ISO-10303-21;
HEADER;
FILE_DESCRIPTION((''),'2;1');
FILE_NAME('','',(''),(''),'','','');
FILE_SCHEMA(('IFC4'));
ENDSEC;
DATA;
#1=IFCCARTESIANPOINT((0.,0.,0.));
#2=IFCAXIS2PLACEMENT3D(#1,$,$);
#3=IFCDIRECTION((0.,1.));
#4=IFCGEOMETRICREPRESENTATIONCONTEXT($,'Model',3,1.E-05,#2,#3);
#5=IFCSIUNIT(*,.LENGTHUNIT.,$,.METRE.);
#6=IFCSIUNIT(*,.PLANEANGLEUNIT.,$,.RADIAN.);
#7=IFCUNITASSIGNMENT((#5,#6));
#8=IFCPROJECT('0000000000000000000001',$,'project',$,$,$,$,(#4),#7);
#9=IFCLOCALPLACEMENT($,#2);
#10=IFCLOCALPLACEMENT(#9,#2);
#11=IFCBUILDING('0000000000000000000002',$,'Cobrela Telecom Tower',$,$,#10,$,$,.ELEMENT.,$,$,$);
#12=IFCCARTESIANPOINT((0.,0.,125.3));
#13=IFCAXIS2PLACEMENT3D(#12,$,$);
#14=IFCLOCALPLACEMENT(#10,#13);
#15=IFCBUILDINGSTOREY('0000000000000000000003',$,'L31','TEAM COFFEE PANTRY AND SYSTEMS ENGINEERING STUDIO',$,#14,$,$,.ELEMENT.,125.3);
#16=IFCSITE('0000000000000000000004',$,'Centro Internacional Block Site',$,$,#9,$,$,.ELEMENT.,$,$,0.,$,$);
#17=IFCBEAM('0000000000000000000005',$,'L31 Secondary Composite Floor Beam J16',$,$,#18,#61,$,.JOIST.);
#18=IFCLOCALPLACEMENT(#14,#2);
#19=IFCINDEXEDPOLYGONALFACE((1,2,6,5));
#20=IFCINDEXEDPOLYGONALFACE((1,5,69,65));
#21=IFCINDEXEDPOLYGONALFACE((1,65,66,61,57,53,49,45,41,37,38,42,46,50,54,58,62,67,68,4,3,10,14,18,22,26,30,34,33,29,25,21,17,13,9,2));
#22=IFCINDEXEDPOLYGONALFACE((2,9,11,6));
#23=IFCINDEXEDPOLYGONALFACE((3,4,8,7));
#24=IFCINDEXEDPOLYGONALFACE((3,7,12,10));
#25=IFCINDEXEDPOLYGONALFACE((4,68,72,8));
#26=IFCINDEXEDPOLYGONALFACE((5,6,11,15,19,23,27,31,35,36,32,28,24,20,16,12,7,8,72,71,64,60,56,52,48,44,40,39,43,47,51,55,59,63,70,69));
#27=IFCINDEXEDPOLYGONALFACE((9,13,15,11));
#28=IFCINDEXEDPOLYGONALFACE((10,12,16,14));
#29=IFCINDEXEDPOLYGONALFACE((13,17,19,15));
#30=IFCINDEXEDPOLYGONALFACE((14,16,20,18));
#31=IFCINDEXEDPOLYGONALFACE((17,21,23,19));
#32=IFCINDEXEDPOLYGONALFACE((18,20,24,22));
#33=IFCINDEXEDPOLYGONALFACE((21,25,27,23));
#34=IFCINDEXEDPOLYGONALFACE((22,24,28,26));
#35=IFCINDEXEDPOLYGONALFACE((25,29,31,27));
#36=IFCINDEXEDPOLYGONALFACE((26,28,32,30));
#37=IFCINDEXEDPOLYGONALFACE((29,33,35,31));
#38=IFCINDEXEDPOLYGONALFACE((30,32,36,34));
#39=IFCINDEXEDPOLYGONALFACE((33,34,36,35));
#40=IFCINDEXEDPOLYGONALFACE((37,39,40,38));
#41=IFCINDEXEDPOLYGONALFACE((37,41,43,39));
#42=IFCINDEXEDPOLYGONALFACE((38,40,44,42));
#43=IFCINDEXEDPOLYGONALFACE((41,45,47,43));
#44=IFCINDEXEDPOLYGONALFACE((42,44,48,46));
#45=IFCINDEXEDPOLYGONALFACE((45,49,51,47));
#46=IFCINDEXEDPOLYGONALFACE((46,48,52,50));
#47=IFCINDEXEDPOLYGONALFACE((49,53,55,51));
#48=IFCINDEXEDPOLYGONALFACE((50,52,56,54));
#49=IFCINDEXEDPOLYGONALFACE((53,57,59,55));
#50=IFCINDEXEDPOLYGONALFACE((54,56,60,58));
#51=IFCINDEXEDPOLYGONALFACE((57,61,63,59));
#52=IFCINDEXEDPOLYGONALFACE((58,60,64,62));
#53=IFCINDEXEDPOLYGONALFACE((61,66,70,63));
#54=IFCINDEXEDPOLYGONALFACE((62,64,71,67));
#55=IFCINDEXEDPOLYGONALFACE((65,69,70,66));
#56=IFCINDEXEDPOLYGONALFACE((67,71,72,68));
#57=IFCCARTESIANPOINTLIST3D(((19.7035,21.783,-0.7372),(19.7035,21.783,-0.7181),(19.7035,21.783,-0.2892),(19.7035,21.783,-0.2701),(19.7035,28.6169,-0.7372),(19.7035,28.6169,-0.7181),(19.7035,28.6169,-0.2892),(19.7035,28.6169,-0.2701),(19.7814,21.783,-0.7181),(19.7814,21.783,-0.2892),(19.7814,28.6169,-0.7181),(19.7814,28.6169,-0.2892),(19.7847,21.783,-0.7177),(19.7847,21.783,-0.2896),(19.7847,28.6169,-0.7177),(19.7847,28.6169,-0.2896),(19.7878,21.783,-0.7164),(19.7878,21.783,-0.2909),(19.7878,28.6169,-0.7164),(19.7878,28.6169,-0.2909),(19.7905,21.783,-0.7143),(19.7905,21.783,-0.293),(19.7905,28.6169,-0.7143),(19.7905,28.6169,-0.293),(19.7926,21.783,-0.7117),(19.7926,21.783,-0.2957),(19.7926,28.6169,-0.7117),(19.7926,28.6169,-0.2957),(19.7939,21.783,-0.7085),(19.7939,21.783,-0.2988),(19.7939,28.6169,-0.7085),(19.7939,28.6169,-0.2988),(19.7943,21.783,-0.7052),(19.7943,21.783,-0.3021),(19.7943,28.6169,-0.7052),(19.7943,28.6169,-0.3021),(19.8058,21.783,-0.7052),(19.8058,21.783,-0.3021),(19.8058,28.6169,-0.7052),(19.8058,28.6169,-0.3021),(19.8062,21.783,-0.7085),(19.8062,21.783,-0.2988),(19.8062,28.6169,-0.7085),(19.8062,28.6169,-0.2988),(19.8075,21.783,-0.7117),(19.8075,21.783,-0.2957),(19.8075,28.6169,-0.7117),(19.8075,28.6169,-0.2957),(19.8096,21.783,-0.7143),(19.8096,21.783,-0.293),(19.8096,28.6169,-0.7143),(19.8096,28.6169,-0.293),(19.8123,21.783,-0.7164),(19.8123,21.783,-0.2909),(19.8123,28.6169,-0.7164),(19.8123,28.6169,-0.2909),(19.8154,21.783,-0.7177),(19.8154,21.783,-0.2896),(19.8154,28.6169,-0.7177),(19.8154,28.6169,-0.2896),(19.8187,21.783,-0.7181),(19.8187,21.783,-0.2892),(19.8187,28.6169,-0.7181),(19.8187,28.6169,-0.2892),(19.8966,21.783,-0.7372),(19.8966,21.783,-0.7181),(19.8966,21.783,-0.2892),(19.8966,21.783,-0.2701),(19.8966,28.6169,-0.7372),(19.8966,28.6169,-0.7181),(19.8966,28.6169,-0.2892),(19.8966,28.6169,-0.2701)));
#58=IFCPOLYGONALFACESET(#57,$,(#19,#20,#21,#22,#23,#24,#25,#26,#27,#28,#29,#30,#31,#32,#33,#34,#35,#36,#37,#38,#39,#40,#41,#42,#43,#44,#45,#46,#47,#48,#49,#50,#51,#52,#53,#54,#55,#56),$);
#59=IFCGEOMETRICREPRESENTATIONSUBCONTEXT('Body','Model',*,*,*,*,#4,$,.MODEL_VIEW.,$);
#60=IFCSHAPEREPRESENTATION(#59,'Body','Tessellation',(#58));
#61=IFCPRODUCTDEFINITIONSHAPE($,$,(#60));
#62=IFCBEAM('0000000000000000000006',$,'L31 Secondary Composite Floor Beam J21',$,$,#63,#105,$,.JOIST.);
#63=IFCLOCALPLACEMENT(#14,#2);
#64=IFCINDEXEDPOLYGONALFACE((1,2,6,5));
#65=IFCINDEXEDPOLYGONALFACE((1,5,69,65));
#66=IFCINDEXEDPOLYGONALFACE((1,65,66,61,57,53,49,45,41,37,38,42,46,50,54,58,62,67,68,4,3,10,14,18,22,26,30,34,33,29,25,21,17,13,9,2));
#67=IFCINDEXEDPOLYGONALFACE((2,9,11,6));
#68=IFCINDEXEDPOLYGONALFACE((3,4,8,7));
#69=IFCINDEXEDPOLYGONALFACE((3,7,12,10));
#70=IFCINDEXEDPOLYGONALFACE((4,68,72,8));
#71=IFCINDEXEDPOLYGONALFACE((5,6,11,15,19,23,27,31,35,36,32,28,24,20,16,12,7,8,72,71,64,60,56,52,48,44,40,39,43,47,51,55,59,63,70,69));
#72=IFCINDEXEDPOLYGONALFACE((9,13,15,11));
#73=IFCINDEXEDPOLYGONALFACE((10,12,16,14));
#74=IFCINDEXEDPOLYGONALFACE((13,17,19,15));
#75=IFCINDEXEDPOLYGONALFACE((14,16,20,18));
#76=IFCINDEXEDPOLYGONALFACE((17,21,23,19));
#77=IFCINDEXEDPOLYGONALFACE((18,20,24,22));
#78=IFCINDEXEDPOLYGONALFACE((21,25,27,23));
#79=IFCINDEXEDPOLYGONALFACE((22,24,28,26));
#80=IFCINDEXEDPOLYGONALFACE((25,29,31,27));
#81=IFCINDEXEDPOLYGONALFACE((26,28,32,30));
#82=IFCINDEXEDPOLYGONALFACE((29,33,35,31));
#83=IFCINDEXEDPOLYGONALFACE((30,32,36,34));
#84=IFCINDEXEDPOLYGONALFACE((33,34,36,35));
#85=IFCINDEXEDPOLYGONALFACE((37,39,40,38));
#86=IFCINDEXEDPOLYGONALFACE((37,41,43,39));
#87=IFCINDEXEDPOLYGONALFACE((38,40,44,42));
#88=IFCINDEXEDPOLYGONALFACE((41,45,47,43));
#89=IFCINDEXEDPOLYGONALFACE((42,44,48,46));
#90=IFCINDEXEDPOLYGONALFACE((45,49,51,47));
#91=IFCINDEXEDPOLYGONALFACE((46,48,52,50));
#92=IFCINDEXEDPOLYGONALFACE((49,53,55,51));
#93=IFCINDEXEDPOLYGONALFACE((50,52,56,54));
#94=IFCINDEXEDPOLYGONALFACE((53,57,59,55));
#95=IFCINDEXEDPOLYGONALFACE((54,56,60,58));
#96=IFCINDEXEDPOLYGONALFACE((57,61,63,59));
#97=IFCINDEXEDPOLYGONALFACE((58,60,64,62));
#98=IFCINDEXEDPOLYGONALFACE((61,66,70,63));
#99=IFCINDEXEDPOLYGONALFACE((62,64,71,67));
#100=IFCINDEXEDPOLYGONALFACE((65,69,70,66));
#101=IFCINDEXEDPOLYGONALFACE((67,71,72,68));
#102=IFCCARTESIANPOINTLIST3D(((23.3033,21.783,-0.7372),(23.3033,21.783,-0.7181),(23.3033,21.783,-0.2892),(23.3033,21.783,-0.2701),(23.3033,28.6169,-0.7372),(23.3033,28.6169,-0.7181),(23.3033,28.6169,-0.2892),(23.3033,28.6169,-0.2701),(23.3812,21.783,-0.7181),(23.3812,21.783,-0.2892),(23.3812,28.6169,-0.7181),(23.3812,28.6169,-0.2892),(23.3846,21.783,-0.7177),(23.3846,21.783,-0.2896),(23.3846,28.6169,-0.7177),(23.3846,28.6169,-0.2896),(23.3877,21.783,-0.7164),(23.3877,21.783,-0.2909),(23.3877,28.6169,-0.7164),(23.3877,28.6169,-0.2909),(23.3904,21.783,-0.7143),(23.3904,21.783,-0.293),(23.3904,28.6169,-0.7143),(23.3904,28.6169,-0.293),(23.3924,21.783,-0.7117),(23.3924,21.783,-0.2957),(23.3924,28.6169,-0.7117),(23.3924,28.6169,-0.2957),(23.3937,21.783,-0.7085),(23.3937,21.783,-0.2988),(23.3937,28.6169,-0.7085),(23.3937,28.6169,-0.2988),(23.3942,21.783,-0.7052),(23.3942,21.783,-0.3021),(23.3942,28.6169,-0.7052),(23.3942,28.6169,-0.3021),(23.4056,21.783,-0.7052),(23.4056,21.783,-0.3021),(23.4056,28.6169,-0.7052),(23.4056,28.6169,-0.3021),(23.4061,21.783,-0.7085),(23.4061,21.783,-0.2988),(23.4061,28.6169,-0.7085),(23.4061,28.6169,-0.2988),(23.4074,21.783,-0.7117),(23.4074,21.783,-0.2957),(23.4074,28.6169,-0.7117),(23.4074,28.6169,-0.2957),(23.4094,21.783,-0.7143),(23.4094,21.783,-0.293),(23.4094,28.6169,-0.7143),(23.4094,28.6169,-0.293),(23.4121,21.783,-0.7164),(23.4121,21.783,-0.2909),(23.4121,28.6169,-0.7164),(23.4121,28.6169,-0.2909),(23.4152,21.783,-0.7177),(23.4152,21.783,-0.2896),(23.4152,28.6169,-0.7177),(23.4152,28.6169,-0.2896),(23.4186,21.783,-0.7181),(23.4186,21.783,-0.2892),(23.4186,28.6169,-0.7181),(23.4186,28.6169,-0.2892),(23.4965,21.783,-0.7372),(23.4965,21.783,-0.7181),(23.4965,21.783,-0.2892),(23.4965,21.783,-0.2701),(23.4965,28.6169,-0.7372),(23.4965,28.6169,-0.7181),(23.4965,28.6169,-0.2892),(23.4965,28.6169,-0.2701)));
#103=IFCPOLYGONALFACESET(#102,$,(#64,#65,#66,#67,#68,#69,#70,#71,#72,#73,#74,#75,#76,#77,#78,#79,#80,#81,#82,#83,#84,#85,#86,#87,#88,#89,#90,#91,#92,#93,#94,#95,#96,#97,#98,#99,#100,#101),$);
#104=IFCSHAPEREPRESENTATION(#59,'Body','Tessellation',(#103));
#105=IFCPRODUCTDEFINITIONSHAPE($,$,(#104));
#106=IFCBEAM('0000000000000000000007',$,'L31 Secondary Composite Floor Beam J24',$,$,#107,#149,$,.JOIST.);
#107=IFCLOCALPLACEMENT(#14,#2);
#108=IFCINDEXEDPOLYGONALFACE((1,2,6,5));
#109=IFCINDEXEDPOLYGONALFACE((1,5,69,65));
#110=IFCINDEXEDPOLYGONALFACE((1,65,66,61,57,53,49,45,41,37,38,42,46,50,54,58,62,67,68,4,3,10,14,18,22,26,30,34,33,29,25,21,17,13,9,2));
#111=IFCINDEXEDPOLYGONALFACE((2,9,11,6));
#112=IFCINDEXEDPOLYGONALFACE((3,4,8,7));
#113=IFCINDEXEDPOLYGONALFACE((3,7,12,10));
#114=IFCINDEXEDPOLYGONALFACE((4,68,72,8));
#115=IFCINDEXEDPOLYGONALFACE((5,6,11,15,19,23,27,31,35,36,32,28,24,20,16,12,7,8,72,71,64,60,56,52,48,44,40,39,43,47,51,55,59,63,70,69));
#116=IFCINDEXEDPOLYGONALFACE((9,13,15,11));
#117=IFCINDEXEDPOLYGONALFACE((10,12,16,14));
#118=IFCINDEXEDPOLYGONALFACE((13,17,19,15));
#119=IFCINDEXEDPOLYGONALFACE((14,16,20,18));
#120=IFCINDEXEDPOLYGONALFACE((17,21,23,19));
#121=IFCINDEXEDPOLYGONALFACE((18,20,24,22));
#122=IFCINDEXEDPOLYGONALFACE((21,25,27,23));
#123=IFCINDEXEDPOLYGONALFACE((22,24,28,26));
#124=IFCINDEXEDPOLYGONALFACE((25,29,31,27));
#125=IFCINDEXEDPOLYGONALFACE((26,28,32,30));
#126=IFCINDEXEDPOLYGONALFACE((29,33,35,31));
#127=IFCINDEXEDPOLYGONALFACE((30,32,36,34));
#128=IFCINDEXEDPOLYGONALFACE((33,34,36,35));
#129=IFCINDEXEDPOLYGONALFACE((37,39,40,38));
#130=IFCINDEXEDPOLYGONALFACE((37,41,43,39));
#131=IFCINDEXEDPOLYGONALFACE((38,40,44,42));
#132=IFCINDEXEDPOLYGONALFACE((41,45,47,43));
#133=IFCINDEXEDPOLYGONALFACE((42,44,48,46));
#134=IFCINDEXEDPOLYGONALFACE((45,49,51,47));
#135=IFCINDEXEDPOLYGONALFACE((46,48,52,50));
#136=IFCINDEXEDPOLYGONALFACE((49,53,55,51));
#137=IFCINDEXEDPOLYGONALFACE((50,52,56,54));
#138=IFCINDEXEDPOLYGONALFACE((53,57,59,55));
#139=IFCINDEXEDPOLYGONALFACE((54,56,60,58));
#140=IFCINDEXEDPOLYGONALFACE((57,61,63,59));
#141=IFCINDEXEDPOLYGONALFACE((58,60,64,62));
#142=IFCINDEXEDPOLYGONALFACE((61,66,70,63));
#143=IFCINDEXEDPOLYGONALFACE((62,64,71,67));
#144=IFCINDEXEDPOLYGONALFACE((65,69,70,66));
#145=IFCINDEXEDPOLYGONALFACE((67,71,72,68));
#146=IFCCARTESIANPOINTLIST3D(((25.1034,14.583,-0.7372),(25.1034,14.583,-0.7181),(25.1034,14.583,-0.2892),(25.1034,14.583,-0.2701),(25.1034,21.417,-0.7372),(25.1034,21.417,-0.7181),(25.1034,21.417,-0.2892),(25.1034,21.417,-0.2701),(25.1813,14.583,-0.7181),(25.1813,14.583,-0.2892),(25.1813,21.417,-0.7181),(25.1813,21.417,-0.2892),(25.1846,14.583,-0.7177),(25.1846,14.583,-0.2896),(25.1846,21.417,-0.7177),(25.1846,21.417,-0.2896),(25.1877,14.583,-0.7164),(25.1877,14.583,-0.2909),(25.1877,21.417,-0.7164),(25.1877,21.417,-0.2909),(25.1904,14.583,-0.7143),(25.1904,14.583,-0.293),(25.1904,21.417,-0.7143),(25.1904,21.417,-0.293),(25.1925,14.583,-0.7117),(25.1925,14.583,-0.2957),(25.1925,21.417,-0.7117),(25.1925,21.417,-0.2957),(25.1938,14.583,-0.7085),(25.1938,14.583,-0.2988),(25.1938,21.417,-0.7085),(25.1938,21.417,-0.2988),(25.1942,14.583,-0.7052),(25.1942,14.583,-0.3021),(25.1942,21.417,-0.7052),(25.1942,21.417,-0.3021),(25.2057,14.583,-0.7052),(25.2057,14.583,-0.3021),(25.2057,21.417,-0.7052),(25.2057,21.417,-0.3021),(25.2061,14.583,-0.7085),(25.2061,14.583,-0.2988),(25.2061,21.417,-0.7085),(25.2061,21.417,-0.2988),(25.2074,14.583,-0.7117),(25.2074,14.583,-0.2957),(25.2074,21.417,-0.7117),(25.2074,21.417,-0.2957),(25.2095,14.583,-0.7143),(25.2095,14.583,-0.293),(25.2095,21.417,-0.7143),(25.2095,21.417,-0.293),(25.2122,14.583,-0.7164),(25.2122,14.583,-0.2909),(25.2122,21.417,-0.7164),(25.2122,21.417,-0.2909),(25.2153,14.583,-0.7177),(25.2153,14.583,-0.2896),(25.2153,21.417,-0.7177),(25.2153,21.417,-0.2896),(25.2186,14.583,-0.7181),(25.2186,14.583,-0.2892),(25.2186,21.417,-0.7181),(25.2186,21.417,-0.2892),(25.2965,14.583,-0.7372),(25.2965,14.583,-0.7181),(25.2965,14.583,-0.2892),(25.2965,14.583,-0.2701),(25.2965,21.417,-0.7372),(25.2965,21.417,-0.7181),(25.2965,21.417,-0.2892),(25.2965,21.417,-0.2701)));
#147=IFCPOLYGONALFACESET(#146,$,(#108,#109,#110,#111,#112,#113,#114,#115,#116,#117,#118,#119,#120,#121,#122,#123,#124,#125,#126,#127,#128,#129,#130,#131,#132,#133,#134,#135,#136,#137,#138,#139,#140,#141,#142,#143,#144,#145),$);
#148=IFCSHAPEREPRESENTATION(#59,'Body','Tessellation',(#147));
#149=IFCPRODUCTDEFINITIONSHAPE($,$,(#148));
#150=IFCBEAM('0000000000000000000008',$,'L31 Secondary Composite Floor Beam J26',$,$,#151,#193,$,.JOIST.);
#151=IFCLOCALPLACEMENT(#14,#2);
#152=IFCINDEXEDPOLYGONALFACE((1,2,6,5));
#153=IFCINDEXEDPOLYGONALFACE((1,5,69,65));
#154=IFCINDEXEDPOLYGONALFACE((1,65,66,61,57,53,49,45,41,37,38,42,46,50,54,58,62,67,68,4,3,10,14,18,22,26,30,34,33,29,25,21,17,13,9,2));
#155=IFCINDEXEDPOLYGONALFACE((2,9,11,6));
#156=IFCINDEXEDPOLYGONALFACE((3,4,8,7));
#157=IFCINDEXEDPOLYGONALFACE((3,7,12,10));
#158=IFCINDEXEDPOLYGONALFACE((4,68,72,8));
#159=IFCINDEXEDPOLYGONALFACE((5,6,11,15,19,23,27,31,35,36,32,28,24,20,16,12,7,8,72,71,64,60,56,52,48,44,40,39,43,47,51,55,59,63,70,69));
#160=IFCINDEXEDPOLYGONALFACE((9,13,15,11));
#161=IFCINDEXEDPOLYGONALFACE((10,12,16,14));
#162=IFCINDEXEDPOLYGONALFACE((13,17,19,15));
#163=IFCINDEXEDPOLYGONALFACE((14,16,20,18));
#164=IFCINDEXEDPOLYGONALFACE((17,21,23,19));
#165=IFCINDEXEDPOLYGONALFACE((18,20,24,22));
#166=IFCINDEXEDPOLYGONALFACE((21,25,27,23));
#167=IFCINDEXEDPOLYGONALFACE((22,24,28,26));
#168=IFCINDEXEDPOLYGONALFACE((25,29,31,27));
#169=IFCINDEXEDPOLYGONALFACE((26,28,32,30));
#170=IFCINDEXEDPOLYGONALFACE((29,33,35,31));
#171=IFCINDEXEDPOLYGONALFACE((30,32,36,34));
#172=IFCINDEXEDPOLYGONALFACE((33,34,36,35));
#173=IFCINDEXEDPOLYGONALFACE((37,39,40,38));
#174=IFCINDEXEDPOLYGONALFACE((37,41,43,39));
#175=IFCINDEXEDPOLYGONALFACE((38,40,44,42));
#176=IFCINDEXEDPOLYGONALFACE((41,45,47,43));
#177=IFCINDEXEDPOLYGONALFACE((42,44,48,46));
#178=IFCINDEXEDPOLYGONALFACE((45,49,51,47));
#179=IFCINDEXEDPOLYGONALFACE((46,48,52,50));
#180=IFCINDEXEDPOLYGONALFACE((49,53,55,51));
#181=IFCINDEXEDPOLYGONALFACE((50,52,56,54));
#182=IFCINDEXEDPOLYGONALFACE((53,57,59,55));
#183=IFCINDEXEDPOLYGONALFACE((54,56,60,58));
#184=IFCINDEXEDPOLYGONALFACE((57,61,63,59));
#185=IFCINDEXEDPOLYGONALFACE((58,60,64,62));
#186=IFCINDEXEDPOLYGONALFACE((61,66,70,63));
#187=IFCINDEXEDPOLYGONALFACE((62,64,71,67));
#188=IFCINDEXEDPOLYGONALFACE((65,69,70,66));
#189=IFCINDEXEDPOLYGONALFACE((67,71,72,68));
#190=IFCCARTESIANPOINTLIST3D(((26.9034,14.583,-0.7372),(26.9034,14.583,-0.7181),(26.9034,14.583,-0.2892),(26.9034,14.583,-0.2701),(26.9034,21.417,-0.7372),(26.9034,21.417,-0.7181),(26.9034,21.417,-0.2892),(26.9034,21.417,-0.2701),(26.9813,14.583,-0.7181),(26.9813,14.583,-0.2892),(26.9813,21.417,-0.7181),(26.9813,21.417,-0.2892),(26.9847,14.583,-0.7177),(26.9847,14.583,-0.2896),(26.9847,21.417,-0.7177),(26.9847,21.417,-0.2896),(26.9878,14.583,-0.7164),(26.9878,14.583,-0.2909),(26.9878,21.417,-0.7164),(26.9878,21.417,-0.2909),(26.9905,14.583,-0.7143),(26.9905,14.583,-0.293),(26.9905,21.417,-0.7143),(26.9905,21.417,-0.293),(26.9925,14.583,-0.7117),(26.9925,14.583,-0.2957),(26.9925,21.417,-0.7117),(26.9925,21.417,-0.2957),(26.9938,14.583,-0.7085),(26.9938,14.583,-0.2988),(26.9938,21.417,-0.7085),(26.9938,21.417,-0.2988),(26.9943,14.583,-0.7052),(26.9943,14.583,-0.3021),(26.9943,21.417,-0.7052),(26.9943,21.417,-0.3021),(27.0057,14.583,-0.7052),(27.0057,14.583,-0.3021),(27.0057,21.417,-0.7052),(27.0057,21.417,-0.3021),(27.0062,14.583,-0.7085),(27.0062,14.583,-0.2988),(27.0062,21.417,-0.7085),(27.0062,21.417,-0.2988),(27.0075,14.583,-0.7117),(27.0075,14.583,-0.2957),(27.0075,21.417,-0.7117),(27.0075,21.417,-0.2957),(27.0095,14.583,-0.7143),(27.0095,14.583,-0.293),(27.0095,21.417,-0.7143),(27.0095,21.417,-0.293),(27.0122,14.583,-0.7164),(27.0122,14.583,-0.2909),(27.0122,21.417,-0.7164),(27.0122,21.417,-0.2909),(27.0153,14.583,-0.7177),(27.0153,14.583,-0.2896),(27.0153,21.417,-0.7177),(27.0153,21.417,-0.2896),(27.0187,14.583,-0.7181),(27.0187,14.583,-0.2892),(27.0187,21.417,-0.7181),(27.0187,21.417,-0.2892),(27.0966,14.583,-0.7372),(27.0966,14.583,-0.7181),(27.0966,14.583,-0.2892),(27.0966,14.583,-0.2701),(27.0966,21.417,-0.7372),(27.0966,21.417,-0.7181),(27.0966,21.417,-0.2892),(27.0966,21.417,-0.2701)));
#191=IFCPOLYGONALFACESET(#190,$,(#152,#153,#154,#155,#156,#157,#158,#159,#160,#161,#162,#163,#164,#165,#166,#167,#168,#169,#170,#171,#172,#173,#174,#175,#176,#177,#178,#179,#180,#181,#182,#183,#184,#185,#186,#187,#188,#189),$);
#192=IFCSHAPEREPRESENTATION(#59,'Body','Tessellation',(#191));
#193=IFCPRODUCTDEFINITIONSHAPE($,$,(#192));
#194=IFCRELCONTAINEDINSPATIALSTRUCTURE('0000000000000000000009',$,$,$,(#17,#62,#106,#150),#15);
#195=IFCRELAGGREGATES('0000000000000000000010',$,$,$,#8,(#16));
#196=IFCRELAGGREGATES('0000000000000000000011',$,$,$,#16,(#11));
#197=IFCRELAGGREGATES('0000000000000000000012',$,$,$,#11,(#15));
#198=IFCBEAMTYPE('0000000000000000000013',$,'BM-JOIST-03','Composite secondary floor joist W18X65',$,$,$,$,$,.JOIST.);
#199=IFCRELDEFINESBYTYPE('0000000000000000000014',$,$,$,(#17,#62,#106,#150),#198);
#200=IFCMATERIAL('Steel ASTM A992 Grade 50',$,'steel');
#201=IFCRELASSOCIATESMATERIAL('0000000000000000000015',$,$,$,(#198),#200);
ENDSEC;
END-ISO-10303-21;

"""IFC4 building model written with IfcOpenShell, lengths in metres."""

from ifc_helpers import new_model, si_unit, direction, frame, origin, origin_2d, place, context, subcontext, project, spatial, i_section, extrude, material, material_profile, profile_set, type_object, element, save


model = new_model("IFC4")

# Units and contexts
model_context = context("Model", 3, precision=1e-05, world=origin(), true_north=direction((0.0, 1.0)))
body_context = subcontext(model_context, "Body", "Model", "MODEL_VIEW")
ifc_project = project(units=[si_unit("LENGTHUNIT", "METRE"), si_unit("PLANEANGLEUNIT", "RADIAN")], contexts=[model_context])

# Site, building, storey
site_placement = place(None, origin())
site = spatial("IfcSite", under=ifc_project, at=site_placement, Name="Centro Internacional Block Site", CompositionType="ELEMENT", RefElevation=0.0)
building_placement = place(site_placement, origin())
building = spatial("IfcBuilding", under=site, at=building_placement, Name="Cobrela Telecom Tower", CompositionType="ELEMENT")
storey_placement = place(building_placement, frame((0.0, 0.0, 125.3)))
storey = spatial("IfcBuildingStorey", under=building, at=storey_placement, Name="L31", Description="TEAM COFFEE PANTRY AND SYSTEMS ENGINEERING STUDIO", CompositionType="ELEMENT", Elevation=125.3)

# Shared definitions
ifc_material_1 = material(Name="Steel ASTM A992 Grade 50", Category="steel")

# Beams
ifc_material_profile_1 = material_profile(ifc_material_1, i_section(OverallWidth=0.1931, OverallDepth=0.467, WebThickness=0.0115, FlangeThickness=0.019, FilletRadius=0.0129, at=origin_2d()), Name="W18X65")
ifc_profile_set_1 = profile_set([ifc_material_profile_1], Name="Steel ASTM A992 Grade 50")
beam_type_1 = type_object("IfcBeamType", Name="BM-JOIST-03", Description="Composite secondary floor joist W18X65", PredefinedType="JOIST", material=ifc_profile_set_1)
for number, where, z_axis, x_axis, name in (
    (1, (19.8, 21.783, -0.5037), (0.0, 1.0, 0.0), (-1.0, 0.0, 0.0), "L31 Secondary Composite Floor Beam J16"),
    (2, (23.3999, 21.783, -0.5037), (0.0, 1.0, 0.0), (-1.0, 0.0, 0.0), "L31 Secondary Composite Floor Beam J21"),
    (3, (25.2, 14.583, -0.5037), (0.0, 1.0, 0.0), (-1.0, 0.0, 0.0), "L31 Secondary Composite Floor Beam J24"),
    (4, (27.0, 14.583, -0.5037), (0.0, 1.0, 0.0), (-1.0, 0.0, 0.0), "L31 Secondary Composite Floor Beam J26"),
):
    element("IfcBeam", number, at=place(storey_placement, frame(where, z_axis=z_axis, x_axis=x_axis)), inside=storey, type_object=beam_type_1, Name=name, PredefinedType="JOIST", context=body_context, shape_type="SweptSolid", body=[
        extrude(i_section(OverallWidth=0.1931, OverallDepth=0.467, WebThickness=0.0115, FlangeThickness=0.019, FilletRadius=0.0129, at=origin_2d()), origin(), (0.0, 0.0, 1.0), 6.834),
    ])

save(model, "model.ifc")
